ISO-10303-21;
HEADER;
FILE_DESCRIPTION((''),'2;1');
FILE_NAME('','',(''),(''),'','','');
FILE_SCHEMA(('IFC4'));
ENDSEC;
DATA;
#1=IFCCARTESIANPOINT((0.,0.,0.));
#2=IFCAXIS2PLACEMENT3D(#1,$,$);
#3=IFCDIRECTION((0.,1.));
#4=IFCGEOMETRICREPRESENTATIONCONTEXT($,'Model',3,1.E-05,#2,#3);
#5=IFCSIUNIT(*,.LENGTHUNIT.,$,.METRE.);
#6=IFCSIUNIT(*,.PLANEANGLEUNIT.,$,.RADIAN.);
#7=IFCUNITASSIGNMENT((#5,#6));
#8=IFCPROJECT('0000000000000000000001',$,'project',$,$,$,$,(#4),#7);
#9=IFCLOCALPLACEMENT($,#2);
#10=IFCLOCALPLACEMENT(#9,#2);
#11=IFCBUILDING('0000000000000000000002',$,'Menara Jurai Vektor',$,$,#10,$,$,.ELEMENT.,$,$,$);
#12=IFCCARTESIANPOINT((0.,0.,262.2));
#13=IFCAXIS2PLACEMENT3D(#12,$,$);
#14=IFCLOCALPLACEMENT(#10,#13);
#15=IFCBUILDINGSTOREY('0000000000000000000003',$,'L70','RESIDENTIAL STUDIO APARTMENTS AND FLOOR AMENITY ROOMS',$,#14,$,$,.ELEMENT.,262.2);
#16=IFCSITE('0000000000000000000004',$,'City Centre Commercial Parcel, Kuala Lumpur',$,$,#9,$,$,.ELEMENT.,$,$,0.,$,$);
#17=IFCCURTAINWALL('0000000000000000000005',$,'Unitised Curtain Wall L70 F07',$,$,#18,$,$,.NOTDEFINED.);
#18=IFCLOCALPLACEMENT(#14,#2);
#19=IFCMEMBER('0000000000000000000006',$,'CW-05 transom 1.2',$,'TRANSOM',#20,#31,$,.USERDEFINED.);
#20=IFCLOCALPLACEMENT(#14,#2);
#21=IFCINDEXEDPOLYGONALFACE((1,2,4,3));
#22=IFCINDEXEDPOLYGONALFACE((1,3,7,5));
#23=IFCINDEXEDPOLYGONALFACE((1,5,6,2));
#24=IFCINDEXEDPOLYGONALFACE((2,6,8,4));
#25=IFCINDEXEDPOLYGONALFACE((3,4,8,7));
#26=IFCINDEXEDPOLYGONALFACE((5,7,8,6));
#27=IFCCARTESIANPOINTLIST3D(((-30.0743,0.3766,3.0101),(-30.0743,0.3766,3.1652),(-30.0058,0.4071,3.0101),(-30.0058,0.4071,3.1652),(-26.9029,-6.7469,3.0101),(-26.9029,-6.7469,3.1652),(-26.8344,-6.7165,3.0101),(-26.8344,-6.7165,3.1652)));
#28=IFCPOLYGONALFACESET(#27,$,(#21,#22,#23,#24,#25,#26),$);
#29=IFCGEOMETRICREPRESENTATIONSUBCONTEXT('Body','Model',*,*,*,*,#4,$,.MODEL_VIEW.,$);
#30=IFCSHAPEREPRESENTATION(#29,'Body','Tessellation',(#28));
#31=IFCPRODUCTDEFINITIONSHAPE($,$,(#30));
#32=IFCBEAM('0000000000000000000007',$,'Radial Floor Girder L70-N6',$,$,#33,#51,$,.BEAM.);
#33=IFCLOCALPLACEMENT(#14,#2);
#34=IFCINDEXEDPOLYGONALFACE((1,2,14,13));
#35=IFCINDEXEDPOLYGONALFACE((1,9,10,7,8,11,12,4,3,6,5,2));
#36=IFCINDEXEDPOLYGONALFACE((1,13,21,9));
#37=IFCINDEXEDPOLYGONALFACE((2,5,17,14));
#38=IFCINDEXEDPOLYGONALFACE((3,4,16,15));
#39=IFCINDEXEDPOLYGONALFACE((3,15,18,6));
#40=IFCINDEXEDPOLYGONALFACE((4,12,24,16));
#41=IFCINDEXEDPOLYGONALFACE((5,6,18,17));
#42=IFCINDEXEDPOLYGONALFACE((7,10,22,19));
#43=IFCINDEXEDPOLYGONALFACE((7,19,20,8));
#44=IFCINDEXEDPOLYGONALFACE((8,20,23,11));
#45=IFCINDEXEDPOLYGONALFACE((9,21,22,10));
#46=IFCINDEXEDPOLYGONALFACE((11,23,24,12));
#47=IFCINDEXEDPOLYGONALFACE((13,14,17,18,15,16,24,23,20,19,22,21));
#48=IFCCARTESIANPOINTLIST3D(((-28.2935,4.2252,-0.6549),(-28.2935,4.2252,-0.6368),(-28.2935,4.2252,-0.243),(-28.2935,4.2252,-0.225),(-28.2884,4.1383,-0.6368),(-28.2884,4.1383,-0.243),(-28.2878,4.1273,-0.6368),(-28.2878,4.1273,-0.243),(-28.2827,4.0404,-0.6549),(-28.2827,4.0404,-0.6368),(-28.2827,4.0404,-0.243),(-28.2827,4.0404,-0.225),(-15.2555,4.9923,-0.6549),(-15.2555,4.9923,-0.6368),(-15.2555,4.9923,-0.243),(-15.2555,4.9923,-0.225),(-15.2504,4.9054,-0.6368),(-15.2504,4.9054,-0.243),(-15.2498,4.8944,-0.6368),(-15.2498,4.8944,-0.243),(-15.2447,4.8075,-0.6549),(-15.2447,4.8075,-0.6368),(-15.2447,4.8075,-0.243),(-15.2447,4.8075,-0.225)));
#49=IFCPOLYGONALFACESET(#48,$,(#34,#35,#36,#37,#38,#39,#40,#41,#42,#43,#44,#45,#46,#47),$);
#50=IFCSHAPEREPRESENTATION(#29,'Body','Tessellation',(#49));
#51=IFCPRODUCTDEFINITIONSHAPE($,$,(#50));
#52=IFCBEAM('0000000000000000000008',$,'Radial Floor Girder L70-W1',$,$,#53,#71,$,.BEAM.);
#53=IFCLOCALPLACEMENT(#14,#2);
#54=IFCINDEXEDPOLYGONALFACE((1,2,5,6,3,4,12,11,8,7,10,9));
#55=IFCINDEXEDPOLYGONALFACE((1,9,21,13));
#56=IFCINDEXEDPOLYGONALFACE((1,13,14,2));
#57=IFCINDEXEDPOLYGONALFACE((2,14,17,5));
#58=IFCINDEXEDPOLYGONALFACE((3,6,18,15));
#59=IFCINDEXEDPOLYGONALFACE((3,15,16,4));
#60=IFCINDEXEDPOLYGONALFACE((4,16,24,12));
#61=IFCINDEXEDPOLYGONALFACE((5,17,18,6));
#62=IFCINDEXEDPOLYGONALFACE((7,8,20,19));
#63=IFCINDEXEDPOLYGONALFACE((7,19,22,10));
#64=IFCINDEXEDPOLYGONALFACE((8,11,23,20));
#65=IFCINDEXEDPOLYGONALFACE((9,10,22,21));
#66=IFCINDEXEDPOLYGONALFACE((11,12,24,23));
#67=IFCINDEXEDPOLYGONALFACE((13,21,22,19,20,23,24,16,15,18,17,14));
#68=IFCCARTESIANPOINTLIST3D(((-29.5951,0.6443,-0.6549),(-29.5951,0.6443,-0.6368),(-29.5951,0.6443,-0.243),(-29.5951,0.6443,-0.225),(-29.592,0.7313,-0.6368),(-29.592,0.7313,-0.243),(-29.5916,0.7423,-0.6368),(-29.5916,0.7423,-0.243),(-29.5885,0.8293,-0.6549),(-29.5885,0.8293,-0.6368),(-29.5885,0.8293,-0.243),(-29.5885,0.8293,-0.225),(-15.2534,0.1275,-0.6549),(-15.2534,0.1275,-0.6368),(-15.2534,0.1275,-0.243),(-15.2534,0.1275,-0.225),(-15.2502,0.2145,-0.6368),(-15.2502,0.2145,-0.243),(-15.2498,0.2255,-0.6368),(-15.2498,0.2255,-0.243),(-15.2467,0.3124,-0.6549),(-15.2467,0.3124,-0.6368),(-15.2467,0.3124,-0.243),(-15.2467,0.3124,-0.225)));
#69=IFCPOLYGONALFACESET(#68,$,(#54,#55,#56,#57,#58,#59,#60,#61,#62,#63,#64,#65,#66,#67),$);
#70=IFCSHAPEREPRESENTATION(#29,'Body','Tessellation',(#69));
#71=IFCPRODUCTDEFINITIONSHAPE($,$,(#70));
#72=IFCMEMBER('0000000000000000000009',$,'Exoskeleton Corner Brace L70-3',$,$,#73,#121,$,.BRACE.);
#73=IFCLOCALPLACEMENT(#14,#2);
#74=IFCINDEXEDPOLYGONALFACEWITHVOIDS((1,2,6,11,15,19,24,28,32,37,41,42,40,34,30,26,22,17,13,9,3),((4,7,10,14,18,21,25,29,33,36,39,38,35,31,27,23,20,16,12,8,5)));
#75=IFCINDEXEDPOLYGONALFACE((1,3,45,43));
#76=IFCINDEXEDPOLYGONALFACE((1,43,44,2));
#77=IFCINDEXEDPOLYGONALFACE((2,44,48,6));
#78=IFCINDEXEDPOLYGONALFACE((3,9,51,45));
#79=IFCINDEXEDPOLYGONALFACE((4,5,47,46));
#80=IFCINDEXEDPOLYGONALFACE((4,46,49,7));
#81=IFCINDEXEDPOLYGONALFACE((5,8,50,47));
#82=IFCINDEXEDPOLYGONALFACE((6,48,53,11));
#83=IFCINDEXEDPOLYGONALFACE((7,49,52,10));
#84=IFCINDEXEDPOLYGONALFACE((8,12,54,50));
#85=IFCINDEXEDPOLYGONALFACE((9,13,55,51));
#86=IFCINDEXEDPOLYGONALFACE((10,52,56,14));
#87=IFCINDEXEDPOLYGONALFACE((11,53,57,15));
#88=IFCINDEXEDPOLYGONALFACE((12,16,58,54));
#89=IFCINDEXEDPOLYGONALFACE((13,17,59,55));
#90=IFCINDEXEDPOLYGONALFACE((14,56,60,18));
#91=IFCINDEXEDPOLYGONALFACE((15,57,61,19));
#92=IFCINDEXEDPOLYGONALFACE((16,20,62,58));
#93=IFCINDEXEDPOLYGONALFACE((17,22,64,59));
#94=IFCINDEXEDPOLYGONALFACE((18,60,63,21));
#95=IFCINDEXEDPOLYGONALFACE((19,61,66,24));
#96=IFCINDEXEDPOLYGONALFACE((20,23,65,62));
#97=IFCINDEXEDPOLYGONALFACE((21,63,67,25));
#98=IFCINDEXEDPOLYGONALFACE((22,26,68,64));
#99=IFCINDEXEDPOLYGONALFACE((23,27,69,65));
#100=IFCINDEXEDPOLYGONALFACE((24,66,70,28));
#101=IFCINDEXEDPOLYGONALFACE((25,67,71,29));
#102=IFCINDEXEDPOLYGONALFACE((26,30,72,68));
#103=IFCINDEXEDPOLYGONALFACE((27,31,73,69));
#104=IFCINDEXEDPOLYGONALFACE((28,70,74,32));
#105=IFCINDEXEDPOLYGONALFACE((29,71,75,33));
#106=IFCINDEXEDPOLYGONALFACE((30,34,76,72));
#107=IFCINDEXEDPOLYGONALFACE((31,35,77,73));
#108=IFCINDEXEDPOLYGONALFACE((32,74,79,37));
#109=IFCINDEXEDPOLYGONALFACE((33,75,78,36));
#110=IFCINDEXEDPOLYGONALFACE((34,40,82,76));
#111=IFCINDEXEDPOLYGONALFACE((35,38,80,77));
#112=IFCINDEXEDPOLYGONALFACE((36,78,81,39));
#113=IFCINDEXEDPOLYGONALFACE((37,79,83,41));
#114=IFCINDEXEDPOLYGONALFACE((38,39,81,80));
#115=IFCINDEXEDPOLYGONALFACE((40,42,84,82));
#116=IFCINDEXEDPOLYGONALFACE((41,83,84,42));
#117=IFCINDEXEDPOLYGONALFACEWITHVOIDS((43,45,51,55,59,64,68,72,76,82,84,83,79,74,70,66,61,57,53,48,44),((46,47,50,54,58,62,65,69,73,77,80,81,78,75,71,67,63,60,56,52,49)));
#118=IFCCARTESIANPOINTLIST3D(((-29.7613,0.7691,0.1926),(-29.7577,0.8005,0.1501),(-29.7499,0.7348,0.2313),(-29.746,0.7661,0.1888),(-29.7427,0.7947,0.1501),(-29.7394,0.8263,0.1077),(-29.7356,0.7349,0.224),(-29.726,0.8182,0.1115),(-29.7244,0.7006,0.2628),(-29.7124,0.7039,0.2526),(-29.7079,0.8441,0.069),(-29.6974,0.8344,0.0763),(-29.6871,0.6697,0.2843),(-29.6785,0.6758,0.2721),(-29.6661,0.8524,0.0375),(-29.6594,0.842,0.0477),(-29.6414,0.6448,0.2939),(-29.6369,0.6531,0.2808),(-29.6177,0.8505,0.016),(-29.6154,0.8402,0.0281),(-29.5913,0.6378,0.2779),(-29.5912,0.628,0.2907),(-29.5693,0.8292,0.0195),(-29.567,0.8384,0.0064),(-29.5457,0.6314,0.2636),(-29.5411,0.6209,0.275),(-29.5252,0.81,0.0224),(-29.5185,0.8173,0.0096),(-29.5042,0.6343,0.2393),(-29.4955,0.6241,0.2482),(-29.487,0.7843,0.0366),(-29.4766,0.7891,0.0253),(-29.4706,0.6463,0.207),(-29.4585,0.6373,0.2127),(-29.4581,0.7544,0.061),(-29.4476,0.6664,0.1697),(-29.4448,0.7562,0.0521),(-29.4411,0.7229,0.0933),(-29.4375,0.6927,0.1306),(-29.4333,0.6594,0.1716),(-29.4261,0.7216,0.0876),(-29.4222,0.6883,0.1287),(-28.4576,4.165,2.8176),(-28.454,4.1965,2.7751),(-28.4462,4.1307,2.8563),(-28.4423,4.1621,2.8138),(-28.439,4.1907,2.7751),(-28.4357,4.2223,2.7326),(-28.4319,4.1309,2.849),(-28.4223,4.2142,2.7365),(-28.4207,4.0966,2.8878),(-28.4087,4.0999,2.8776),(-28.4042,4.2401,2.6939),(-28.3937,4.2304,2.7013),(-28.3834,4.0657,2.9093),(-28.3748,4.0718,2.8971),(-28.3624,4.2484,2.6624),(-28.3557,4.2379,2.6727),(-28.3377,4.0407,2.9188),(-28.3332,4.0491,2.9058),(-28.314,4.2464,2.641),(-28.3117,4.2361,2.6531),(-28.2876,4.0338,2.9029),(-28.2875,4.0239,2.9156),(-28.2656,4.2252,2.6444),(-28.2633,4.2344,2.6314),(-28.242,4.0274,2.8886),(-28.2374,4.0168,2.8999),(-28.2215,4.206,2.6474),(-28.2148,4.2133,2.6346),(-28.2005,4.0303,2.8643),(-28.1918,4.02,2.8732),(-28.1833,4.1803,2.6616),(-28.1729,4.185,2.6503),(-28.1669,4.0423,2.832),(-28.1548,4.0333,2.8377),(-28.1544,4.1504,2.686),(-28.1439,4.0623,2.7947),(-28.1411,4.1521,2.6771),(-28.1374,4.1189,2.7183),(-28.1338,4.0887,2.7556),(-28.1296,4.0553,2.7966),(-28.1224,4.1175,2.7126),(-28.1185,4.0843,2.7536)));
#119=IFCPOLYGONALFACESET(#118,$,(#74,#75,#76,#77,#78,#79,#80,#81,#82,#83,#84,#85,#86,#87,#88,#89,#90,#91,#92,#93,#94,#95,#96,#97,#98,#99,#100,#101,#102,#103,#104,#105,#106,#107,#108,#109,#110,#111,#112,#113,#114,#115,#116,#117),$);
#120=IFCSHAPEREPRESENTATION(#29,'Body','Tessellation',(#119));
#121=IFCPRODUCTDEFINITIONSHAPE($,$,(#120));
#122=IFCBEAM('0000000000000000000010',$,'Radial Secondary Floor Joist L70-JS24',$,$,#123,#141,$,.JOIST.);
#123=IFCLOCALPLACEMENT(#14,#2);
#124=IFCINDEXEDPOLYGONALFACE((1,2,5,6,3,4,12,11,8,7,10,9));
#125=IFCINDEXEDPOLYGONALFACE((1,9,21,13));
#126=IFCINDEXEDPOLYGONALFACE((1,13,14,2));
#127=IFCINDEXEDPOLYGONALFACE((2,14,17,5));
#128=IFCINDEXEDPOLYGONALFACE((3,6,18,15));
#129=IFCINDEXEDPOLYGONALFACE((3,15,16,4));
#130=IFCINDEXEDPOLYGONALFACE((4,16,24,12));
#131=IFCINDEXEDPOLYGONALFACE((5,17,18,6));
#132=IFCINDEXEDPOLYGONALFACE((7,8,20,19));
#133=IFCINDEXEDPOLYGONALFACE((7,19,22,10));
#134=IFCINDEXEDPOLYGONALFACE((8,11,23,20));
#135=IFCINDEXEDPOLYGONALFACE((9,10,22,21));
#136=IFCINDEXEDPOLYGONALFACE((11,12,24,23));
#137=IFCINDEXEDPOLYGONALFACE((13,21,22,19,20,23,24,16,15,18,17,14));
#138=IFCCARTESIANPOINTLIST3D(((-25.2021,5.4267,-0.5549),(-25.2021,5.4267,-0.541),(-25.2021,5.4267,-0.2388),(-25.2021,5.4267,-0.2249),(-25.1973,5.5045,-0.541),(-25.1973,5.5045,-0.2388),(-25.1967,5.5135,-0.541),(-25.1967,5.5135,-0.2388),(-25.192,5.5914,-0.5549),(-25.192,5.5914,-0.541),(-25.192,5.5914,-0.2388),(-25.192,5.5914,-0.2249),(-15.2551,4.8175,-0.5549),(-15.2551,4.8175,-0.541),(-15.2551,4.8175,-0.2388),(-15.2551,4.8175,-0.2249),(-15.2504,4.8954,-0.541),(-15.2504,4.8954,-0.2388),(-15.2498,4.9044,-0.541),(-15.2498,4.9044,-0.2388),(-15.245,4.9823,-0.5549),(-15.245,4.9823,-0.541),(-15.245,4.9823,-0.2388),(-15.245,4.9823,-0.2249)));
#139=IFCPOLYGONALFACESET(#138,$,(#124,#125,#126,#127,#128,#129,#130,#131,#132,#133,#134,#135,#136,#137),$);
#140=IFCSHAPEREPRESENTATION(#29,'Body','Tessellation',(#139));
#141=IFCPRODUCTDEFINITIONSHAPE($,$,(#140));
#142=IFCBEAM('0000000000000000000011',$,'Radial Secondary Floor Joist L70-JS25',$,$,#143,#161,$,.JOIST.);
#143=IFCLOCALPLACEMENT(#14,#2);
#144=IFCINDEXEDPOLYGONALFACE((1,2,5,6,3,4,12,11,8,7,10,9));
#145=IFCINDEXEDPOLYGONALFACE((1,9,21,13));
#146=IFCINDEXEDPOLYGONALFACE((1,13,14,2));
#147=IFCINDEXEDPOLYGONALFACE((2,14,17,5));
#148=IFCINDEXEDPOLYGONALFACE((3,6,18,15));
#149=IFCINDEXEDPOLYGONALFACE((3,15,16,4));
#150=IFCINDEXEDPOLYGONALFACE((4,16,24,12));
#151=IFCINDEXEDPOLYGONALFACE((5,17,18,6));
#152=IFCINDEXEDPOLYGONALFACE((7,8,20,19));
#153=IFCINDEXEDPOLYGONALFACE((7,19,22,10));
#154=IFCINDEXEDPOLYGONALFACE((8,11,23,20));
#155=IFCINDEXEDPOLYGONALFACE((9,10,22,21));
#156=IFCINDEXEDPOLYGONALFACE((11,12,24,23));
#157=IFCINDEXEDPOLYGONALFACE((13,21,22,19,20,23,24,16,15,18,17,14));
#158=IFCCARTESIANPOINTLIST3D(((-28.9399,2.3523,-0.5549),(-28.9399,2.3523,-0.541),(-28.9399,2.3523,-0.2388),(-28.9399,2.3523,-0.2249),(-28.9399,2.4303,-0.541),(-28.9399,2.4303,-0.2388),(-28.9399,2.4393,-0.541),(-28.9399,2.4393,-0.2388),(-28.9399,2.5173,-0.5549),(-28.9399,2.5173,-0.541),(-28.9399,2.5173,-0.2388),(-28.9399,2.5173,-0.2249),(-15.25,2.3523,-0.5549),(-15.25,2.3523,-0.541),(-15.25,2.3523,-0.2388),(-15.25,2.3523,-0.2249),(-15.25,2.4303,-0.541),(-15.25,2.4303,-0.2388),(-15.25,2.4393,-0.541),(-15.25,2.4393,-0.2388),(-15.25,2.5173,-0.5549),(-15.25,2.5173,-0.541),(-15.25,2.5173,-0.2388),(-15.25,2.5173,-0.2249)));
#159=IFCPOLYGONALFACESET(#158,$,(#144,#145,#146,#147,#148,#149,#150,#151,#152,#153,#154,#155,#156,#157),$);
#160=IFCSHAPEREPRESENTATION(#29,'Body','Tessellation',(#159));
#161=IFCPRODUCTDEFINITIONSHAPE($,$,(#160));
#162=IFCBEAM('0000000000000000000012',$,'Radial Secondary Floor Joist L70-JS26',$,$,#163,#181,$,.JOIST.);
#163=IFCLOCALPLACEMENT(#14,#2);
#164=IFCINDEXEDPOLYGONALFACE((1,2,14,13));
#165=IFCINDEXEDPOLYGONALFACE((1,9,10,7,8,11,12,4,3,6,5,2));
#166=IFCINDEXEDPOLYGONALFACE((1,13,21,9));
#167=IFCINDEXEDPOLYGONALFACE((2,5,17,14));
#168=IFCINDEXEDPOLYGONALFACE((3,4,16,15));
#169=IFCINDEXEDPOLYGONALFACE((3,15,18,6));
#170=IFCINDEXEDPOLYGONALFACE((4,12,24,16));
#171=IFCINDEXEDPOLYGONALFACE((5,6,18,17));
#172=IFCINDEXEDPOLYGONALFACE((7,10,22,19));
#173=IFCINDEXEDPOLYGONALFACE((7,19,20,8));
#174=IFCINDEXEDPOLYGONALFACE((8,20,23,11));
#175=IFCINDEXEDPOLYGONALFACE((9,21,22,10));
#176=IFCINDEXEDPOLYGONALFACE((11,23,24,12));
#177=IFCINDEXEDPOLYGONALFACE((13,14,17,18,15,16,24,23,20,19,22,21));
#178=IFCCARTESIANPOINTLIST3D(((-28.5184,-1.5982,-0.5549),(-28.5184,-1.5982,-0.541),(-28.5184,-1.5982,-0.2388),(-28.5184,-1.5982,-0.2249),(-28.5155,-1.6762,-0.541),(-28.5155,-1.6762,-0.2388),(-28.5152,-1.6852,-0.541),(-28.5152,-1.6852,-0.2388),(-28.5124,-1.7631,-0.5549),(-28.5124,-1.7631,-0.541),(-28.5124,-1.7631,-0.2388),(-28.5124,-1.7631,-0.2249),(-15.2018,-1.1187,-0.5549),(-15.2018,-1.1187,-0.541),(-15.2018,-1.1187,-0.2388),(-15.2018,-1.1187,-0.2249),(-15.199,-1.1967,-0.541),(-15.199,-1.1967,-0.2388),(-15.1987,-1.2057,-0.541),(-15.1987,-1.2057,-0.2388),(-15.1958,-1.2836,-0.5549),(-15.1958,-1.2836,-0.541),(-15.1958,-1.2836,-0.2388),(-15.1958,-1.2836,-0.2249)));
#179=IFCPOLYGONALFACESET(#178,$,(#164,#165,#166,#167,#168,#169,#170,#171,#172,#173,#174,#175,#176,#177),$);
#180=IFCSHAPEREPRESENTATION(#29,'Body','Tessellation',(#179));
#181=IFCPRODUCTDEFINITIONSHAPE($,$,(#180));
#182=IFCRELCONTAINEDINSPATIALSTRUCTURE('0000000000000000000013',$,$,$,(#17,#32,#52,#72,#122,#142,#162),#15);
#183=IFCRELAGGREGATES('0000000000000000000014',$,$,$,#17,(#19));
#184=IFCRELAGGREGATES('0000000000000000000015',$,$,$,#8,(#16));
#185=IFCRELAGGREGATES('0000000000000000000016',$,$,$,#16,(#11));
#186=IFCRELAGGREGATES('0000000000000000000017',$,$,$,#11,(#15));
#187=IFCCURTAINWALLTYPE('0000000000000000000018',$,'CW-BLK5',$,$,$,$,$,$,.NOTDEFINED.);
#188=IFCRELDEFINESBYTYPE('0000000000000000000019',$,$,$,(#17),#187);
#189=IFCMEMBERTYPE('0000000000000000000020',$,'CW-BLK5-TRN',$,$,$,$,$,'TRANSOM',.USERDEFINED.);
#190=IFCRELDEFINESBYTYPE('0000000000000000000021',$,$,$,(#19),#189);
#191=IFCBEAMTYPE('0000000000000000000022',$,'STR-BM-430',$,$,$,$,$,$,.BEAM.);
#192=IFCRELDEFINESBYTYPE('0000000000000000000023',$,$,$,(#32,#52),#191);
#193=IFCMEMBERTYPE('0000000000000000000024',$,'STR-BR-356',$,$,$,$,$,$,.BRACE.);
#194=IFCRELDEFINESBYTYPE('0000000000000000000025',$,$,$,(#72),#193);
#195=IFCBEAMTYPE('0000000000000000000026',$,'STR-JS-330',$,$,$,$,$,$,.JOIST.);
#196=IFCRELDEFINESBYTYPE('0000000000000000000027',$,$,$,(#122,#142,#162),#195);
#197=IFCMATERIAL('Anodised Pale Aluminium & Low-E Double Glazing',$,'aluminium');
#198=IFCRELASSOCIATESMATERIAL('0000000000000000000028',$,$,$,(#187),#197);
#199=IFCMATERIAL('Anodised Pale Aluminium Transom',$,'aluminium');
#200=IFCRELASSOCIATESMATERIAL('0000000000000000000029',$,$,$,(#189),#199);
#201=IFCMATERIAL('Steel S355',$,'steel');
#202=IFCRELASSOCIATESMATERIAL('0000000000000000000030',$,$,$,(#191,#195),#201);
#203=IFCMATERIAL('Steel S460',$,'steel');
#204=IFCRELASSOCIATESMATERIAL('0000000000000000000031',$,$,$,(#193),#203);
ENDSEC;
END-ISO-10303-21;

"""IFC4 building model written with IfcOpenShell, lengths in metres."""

from ifc_helpers import new_model, si_unit, direction, frame, origin, origin_2d, place, context, subcontext, project, spatial, rectangle, hollow_circle, i_section, extrude, material, material_profile, profile_set, type_object, element, aggregate, save


model = new_model("IFC4")

# Units and contexts
model_context = context("Model", 3, precision=1e-05, world=origin(), true_north=direction((0.0, 1.0)))
body_context = subcontext(model_context, "Body", "Model", "MODEL_VIEW")
ifc_project = project(units=[si_unit("LENGTHUNIT", "METRE"), si_unit("PLANEANGLEUNIT", "RADIAN")], contexts=[model_context])

# Site, building, storey
site_placement = place(None, origin())
site = spatial("IfcSite", under=ifc_project, at=site_placement, Name="City Centre Commercial Parcel, Kuala Lumpur", CompositionType="ELEMENT", RefElevation=0.0)
building_placement = place(site_placement, origin())
building = spatial("IfcBuilding", under=site, at=building_placement, Name="Menara Jurai Vektor", CompositionType="ELEMENT")
storey_placement = place(building_placement, frame((0.0, 0.0, 262.2)))
storey = spatial("IfcBuildingStorey", under=building, at=storey_placement, Name="L70", Description="RESIDENTIAL STUDIO APARTMENTS AND FLOOR AMENITY ROOMS", CompositionType="ELEMENT", Elevation=262.2)

# Shared definitions
ifc_material_1 = material(Name="Steel S460", Category="steel")

# Shared definitions
ifc_material_2 = material(Name="Anodised Pale Aluminium & Low-E Double Glazing", Category="aluminium")
curtain_wall_type = type_object("IfcCurtainWallType", Name="CW-BLK5", PredefinedType="NOTDEFINED", material=ifc_material_2)

# Curtain wall
curtain_wall_1_placement = place(storey_placement, origin())
curtain_wall_1 = element("IfcCurtainWall", 1, at=curtain_wall_1_placement, inside=storey, type_object=curtain_wall_type, Name="Unitised Curtain Wall L70 F07", PredefinedType="NOTDEFINED")

# Member
ifc_material_3 = material(Name="Anodised Pale Aluminium Transom", Category="aluminium")
ifc_material_profile_1 = material_profile(ifc_material_3, rectangle(XDim=0.075, YDim=0.155, at=origin_2d()), Name="ALU TRN 75x155")
ifc_profile_set_1 = profile_set([ifc_material_profile_1], Name="Anodised Pale Aluminium Transom")
member_type_1 = type_object("IfcMemberType", Name="CW-BLK5-TRN", ElementType="TRANSOM", PredefinedType="USERDEFINED", material=ifc_profile_set_1)
member_1_placement = place(storey_placement, frame((-30.04, 0.3918, 3.0876), z_axis=(0.406714, -0.913556, 0.0), x_axis=(0.913556, 0.406714, 0.0)))
member_1 = element("IfcMember", 2, at=member_1_placement, type_object=member_type_1, Name="CW-05 transom 1.2", ObjectType="TRANSOM", PredefinedType="USERDEFINED", context=body_context, shape_type="SweptSolid", body=[
    extrude(rectangle(XDim=0.075, YDim=0.155, at=origin_2d()), origin(), (0.0, 0.0, 1.0), 7.7976),
])

# Beams
ifc_material_4 = material(Name="Steel S355", Category="steel")
ifc_material_profile_2 = material_profile(ifc_material_4, i_section(OverallWidth=0.1851, OverallDepth=0.4299, WebThickness=0.011, FlangeThickness=0.0181, at=origin_2d()), Name="PG 430x185x76")
ifc_profile_set_2 = profile_set([ifc_material_profile_2], Name="Steel S355")
beam_type_1 = type_object("IfcBeamType", Name="STR-BM-430", PredefinedType="BEAM", material=ifc_profile_set_2)
beam_1_placement = place(storey_placement, frame((-28.2881, 4.1328, -0.4399), z_axis=(0.998274, 0.058733, 0.0), x_axis=(-0.058733, 0.998274, 0.0)))
element("IfcBeam", 3, at=beam_1_placement, inside=storey, type_object=beam_type_1, Name="Radial Floor Girder L70-N6", PredefinedType="BEAM", context=body_context, shape_type="SweptSolid", body=[
    extrude(i_section(OverallWidth=0.1851, OverallDepth=0.4299, WebThickness=0.011, FlangeThickness=0.0181, at=origin_2d()), origin(), (0.0, 0.0, 1.0), 13.0605),
])
beam_2_placement = place(storey_placement, frame((-29.5918, 0.7368, -0.4399), z_axis=(0.999351, -0.036014, 0.0), x_axis=(0.036014, 0.999351, 0.0)))
element("IfcBeam", 4, at=beam_2_placement, inside=storey, type_object=beam_type_1, Name="Radial Floor Girder L70-W1", PredefinedType="BEAM", context=body_context, shape_type="SweptSolid", body=[
    extrude(i_section(OverallWidth=0.1851, OverallDepth=0.4299, WebThickness=0.011, FlangeThickness=0.0181, at=origin_2d()), origin(), (0.0, 0.0, 1.0), 14.3511),
])

# Member
ifc_material_profile_3 = material_profile(ifc_material_1, hollow_circle(Radius=0.1777, WallThickness=0.0161, at=origin_2d()), Name="CHS 355.6x16")
ifc_profile_set_3 = profile_set([ifc_material_profile_3], Name="Steel S460")
member_type_2 = type_object("IfcMemberType", Name="STR-BR-356", PredefinedType="BRACE", material=ifc_profile_set_3)
member_2_placement = place(storey_placement, frame((-29.5918, 0.7368, 0.1501), z_axis=(0.290626, 0.757042, 0.58517), x_axis=(-0.93357, 0.358394, 0.0)))
element("IfcMember", 5, at=member_2_placement, inside=storey, type_object=member_type_2, Name="Exoskeleton Corner Brace L70-3", PredefinedType="BRACE", context=body_context, shape_type="SweptSolid", body=[
    extrude(hollow_circle(Radius=0.1777, WallThickness=0.0161, at=origin_2d()), origin(), (0.0, 0.0, 1.0), 4.4858),
])

# Beams
ifc_material_profile_4 = material_profile(ifc_material_4, i_section(OverallWidth=0.165, OverallDepth=0.3301, WebThickness=0.009, FlangeThickness=0.0139, at=origin_2d()), Name="PG 330x165x46")
ifc_profile_set_4 = profile_set([ifc_material_profile_4], Name="Steel S355")
beam_type_2 = type_object("IfcBeamType", Name="STR-JS-330", PredefinedType="JOIST", material=ifc_profile_set_4)
beam_3_placement = place(storey_placement, frame((-25.197, 5.509, -0.3899), z_axis=(0.99813, -0.061123, 0.0), x_axis=(0.061123, 0.99813, 0.0)))
element("IfcBeam", 6, at=beam_3_placement, inside=storey, type_object=beam_type_2, Name="Radial Secondary Floor Joist L70-JS24", PredefinedType="JOIST", context=body_context, shape_type="SweptSolid", body=[
    extrude(i_section(OverallWidth=0.165, OverallDepth=0.3301, WebThickness=0.009, FlangeThickness=0.0139, at=origin_2d()), origin(), (0.0, 0.0, 1.0), 9.9656),
])
beam_4_placement = place(storey_placement, frame((-28.9399, 2.4348, -0.3899), z_axis=(1.0, 0.0, 0.0), x_axis=(0.0, 1.0, 0.0)))
element("IfcBeam", 7, at=beam_4_placement, inside=storey, type_object=beam_type_2, Name="Radial Secondary Floor Joist L70-JS25", PredefinedType="JOIST", context=body_context, shape_type="SweptSolid", body=[
    extrude(i_section(OverallWidth=0.165, OverallDepth=0.3301, WebThickness=0.009, FlangeThickness=0.0139, at=origin_2d()), origin(), (0.0, 0.0, 1.0), 13.6899),
])
beam_5_placement = place(storey_placement, frame((-28.5154, -1.6807, -0.3899), z_axis=(0.999352, 0.035984, 0.0), x_axis=(-0.035984, 0.999352, 0.0)))
element("IfcBeam", 8, at=beam_5_placement, inside=storey, type_object=beam_type_2, Name="Radial Secondary Floor Joist L70-JS26", PredefinedType="JOIST", context=body_context, shape_type="SweptSolid", body=[
    extrude(i_section(OverallWidth=0.165, OverallDepth=0.3301, WebThickness=0.009, FlangeThickness=0.0139, at=origin_2d()), origin(), (0.0, 0.0, 1.0), 13.3252),
])

aggregate(curtain_wall_1, [member_1])

save(model, "model.ifc")
